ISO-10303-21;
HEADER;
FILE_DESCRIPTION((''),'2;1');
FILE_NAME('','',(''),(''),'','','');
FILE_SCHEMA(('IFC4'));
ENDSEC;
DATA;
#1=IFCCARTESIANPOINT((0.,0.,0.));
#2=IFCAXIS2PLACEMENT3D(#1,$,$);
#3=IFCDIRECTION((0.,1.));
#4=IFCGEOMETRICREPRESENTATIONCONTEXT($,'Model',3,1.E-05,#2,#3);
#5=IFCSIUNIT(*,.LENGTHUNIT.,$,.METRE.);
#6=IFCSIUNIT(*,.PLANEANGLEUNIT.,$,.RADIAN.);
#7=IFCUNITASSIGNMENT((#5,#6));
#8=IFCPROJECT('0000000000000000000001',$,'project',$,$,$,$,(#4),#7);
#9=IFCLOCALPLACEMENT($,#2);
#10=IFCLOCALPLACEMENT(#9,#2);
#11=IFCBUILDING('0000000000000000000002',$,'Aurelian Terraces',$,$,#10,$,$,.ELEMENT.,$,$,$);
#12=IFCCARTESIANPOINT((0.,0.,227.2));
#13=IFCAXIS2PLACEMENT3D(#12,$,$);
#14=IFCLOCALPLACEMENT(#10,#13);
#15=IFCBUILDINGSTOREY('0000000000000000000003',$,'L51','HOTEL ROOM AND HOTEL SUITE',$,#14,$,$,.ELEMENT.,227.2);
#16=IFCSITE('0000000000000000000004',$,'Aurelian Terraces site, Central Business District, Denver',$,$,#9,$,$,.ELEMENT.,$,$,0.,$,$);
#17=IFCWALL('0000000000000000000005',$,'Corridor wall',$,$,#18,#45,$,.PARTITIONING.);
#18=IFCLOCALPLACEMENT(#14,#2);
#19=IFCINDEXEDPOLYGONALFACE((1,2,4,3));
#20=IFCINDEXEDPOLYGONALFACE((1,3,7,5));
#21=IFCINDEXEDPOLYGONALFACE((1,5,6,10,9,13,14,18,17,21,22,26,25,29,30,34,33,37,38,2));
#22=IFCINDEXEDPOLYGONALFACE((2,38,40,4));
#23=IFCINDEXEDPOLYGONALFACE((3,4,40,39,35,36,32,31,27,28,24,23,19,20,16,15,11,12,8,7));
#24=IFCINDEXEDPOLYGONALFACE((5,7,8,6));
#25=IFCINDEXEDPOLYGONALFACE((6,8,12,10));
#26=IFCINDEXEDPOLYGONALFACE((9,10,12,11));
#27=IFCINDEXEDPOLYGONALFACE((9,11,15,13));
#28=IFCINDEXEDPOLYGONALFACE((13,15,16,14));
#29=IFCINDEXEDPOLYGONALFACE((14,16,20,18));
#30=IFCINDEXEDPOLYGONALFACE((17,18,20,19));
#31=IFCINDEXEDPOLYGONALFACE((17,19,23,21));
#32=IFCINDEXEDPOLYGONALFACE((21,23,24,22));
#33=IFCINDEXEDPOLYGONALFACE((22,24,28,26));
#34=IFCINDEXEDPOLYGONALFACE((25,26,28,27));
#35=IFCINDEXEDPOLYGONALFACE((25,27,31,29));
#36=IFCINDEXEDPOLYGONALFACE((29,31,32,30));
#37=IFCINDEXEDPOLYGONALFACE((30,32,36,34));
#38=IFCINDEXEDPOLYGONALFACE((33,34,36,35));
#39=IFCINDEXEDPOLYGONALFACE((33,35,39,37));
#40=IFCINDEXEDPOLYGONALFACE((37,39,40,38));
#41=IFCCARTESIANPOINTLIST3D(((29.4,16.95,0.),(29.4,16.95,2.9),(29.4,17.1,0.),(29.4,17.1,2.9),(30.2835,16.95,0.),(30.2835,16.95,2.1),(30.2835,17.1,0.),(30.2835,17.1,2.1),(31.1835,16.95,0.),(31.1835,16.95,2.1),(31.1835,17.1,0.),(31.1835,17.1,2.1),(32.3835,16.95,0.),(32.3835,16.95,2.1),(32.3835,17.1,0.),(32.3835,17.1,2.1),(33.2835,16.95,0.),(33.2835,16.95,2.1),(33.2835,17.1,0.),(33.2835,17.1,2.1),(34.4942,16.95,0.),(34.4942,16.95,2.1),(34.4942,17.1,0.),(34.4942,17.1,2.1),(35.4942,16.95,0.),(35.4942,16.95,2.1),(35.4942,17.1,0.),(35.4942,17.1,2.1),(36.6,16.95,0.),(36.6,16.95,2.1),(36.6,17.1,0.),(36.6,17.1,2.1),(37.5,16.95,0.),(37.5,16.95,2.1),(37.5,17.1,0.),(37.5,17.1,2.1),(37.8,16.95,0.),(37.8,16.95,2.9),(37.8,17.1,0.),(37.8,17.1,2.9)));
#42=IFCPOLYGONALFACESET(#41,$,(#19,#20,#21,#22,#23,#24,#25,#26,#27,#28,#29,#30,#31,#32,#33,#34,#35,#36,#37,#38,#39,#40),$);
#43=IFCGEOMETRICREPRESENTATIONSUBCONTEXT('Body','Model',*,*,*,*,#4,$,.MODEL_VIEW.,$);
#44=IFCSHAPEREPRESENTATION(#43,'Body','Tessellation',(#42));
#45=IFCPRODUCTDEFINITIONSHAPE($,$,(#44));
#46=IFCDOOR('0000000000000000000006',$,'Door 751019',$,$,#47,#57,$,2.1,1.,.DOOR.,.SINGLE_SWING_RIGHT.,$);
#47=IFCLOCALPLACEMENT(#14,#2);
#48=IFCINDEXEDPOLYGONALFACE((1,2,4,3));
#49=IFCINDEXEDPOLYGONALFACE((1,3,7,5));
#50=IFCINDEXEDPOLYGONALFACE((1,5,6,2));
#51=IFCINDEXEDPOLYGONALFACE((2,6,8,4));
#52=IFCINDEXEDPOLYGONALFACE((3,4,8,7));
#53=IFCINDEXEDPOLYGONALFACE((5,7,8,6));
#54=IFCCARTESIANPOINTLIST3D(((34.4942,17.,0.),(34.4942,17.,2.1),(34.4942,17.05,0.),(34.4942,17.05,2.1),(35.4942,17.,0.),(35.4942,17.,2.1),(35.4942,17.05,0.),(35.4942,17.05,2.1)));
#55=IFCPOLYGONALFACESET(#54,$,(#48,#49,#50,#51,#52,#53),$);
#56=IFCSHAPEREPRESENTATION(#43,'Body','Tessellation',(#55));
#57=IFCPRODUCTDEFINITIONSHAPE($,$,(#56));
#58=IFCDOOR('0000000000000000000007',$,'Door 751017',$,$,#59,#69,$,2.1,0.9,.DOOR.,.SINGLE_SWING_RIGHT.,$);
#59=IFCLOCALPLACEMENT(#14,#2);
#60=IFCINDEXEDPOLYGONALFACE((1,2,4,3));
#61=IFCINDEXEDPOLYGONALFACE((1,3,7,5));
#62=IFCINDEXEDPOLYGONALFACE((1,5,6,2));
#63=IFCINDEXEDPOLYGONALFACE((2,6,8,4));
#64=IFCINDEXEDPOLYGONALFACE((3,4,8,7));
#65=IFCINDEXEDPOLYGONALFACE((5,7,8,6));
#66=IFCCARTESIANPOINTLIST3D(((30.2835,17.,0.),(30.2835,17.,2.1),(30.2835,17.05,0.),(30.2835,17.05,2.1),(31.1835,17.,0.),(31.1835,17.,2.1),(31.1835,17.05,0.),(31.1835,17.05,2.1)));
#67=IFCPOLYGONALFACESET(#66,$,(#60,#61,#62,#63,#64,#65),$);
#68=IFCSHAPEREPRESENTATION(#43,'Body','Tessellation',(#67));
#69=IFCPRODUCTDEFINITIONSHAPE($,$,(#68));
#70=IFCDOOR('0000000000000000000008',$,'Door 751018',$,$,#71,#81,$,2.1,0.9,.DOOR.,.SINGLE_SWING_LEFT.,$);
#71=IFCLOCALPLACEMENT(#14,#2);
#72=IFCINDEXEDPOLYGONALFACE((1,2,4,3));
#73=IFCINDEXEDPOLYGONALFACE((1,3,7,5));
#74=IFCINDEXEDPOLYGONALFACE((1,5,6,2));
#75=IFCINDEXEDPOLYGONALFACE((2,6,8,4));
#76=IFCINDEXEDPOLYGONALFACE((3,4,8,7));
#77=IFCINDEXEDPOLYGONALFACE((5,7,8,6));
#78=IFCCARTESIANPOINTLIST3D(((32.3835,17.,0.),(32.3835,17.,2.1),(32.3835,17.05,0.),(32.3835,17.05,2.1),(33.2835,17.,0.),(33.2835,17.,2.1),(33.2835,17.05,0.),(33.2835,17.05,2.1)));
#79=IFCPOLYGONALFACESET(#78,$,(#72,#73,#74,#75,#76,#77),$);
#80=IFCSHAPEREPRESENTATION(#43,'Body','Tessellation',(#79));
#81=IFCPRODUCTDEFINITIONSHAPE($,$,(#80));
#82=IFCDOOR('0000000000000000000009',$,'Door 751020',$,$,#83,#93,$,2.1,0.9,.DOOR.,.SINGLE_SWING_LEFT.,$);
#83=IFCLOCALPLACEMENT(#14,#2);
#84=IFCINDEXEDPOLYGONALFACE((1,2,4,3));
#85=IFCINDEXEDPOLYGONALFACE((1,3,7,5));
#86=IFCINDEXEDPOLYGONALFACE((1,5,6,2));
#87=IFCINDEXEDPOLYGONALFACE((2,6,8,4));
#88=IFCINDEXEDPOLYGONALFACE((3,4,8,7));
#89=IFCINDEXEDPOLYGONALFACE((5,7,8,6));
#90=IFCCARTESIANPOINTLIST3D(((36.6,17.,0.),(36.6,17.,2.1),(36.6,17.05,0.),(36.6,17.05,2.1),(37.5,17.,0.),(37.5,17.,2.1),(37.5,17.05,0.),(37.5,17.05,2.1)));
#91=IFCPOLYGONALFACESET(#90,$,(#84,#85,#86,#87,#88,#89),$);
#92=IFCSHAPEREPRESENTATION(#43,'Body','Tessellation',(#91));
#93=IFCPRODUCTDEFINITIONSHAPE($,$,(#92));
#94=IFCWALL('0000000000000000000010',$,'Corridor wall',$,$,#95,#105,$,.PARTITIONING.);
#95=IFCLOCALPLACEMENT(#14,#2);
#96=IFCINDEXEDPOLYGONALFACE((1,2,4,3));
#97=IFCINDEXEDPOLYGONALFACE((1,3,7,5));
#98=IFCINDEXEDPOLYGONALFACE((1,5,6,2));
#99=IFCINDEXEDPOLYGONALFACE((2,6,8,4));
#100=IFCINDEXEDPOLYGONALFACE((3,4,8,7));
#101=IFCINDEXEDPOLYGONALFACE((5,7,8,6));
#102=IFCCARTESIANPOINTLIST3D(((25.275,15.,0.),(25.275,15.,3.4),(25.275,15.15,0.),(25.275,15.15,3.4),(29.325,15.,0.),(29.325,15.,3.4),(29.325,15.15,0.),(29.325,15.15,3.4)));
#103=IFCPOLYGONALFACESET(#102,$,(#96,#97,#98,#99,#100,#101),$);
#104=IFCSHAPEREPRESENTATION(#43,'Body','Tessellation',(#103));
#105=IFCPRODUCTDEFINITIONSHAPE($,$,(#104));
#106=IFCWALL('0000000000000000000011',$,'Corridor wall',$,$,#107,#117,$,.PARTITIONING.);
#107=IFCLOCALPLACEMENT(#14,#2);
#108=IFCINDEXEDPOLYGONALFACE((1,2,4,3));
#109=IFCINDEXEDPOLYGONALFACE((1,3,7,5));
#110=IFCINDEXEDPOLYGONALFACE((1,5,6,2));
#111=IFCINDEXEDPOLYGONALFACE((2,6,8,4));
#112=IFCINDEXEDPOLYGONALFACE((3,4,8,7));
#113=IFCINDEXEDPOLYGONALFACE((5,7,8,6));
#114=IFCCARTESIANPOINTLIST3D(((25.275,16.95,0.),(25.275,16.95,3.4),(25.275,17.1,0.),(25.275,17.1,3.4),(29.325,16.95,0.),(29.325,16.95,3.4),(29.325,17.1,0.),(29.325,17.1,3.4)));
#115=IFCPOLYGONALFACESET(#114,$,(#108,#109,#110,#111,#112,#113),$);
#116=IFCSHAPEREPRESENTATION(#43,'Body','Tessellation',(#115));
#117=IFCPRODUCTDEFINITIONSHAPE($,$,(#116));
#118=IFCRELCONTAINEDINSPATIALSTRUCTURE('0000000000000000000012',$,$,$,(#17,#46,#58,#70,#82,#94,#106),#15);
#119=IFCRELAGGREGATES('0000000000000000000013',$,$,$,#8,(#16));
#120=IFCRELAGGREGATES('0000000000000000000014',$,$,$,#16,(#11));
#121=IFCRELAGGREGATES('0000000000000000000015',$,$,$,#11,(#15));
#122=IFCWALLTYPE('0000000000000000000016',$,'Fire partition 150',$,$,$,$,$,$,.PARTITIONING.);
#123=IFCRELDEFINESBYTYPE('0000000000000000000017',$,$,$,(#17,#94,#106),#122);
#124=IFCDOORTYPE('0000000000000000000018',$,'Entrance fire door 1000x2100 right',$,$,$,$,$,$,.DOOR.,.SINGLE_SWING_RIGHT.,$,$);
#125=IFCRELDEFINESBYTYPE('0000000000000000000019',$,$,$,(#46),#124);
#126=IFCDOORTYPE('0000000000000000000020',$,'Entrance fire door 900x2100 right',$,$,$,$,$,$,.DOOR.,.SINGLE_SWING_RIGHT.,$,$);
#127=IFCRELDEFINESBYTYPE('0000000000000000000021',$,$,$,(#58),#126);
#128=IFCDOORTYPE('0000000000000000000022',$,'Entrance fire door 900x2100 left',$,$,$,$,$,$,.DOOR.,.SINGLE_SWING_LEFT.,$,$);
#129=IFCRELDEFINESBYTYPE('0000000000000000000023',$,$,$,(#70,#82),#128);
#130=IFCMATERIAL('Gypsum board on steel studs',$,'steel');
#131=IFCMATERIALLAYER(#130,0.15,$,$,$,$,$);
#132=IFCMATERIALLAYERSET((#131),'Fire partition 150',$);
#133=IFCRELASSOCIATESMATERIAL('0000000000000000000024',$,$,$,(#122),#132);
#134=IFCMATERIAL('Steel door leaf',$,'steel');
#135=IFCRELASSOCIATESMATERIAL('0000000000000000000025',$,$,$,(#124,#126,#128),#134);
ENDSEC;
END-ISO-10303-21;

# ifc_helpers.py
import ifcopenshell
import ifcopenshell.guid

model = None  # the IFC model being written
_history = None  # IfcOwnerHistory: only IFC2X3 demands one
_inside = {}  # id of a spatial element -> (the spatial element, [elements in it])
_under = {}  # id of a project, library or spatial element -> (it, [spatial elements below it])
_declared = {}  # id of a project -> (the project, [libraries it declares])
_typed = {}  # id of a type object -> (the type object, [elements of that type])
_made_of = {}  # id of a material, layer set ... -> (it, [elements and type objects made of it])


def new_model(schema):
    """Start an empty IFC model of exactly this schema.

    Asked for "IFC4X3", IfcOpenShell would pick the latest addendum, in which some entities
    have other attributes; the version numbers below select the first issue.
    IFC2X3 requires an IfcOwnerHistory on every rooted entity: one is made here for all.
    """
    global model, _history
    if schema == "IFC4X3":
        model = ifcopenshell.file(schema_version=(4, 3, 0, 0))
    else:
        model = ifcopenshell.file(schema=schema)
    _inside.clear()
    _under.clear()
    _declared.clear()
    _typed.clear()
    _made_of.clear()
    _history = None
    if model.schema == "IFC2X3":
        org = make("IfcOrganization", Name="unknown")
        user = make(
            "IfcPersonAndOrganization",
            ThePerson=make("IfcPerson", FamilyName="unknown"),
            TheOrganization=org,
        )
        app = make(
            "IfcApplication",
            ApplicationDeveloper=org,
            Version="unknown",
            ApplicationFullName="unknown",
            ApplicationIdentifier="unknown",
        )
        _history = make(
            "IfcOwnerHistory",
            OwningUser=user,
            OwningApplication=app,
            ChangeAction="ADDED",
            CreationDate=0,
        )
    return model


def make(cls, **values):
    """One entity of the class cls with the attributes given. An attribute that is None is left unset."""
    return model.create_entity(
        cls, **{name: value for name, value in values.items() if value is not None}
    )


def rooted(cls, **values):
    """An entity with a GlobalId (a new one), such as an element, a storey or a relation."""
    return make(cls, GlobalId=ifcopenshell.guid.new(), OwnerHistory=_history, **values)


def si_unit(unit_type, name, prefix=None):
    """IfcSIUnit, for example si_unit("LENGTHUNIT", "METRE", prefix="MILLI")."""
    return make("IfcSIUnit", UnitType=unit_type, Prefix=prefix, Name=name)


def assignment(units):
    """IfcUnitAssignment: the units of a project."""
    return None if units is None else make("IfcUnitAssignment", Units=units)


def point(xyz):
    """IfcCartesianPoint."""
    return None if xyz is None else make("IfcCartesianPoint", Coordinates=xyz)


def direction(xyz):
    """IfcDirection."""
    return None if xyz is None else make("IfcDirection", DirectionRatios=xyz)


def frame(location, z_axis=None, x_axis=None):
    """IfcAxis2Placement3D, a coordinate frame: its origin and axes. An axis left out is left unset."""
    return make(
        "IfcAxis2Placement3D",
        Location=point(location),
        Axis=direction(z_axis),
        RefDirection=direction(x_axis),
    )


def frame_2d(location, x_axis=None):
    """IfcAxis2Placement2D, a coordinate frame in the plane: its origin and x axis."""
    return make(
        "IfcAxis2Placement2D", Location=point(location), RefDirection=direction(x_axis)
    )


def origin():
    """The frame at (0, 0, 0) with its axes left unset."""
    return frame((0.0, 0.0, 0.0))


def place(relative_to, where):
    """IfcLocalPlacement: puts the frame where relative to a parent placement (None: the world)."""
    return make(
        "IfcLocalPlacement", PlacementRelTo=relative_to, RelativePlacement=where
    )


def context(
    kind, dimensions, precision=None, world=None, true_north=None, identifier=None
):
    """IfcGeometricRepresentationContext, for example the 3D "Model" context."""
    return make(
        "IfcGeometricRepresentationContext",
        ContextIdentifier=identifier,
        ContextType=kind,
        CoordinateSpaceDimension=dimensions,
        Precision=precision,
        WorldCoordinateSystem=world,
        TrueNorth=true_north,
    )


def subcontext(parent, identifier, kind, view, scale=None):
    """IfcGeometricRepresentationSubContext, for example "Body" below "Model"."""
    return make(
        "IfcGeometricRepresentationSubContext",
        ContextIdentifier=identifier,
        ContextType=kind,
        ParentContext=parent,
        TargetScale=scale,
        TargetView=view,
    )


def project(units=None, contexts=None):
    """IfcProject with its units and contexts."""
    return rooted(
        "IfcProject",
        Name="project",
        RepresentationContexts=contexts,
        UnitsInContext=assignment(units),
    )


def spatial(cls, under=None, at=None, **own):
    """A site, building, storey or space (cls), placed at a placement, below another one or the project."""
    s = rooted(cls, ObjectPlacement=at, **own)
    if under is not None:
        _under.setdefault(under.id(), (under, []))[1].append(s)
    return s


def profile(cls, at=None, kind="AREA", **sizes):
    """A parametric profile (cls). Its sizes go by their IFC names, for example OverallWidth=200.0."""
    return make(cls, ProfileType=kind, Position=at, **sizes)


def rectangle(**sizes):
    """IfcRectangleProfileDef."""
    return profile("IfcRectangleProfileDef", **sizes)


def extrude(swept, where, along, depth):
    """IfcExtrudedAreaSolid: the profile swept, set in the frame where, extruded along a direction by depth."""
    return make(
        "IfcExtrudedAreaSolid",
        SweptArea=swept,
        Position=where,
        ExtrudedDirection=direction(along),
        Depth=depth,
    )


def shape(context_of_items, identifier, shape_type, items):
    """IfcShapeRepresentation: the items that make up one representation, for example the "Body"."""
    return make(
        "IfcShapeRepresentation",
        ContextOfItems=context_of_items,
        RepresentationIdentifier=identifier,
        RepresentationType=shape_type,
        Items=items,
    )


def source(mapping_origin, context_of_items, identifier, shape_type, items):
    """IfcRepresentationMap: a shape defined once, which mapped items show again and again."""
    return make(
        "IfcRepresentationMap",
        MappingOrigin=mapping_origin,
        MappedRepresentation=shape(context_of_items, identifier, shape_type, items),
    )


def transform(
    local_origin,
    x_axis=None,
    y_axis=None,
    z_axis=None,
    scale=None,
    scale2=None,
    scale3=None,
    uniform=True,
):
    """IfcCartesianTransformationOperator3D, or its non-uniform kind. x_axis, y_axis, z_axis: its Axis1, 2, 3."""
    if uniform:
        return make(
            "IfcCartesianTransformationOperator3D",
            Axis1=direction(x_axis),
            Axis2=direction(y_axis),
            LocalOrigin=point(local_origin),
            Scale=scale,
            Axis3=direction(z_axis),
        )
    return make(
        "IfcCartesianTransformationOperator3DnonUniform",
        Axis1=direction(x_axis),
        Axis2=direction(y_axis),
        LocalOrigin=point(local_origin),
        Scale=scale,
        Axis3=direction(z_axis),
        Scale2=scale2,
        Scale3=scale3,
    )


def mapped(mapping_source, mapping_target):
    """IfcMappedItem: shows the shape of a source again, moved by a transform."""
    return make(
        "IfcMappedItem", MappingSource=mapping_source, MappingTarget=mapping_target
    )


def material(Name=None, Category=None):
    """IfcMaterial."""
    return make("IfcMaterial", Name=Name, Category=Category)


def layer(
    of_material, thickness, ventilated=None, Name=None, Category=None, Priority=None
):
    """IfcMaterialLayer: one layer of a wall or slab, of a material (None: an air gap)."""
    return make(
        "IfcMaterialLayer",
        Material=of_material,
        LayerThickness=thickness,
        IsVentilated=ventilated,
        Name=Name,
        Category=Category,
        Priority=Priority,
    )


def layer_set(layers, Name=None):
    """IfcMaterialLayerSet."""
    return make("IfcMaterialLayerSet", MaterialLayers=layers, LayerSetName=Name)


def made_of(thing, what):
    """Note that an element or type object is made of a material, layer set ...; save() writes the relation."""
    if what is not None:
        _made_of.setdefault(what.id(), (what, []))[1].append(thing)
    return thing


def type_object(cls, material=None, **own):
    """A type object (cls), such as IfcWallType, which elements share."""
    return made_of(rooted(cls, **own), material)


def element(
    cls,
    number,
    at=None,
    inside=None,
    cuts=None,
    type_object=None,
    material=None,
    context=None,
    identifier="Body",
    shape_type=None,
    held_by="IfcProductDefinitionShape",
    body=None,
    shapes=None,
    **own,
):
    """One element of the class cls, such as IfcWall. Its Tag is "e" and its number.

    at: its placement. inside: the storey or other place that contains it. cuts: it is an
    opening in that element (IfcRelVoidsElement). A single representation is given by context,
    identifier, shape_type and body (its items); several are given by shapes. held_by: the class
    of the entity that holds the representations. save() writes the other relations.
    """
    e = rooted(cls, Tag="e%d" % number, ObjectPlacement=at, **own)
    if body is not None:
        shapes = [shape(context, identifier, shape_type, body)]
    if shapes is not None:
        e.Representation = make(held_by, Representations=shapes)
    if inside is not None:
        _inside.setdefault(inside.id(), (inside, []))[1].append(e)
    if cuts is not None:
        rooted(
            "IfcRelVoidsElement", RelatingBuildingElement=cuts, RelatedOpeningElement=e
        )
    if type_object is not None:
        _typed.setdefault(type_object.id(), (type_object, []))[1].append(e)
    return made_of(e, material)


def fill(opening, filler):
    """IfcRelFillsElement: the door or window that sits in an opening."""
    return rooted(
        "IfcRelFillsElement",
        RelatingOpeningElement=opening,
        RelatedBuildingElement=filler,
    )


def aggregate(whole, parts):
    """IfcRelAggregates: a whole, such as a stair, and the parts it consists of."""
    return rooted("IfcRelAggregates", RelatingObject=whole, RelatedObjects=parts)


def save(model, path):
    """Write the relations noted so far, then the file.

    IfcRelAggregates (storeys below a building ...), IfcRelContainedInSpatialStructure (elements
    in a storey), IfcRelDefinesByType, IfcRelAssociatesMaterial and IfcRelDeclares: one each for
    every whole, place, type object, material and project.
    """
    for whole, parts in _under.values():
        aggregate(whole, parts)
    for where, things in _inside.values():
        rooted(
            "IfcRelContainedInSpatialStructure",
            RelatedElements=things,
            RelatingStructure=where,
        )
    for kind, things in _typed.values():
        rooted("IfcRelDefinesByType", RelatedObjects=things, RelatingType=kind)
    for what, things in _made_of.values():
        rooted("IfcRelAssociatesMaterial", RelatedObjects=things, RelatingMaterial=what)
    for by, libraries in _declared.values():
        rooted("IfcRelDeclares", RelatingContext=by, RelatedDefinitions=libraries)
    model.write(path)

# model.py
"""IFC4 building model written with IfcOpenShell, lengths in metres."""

from ifc_helpers import new_model, si_unit, direction, frame, frame_2d, origin, place, context, subcontext, project, spatial, rectangle, extrude, source, transform, mapped, material, layer, layer_set, type_object, element, fill, save


model = new_model("IFC4")

# Units and contexts
model_context = context("Model", 3, precision=1e-05, world=origin(), true_north=direction((0.0, 1.0)))
body_context = subcontext(model_context, "Body", "Model", "MODEL_VIEW")
ifc_project = project(units=[si_unit("LENGTHUNIT", "METRE"), si_unit("PLANEANGLEUNIT", "RADIAN")], contexts=[model_context])

# Site, building, storey
site_placement = place(None, origin())
site = spatial("IfcSite", under=ifc_project, at=site_placement, Name="Aurelian Terraces site, Central Business District, Denver", CompositionType="ELEMENT", RefElevation=0.0)
building_placement = place(site_placement, origin())
building = spatial("IfcBuilding", under=site, at=building_placement, Name="Aurelian Terraces", CompositionType="ELEMENT")
storey_placement = place(building_placement, frame((0.0, 0.0, 227.2)))
storey = spatial("IfcBuildingStorey", under=building, at=storey_placement, Name="L51", Description="HOTEL ROOM AND HOTEL SUITE", CompositionType="ELEMENT", Elevation=227.2)

# Shared definitions
ifc_material_1 = material(Name="Gypsum board on steel studs", Category="steel")

# Wall, openings, doors
shared_shape_1 = source(origin(), body_context, "Body", "SweptSolid", [
    extrude(rectangle(XDim=0.9, YDim=2.1, at=frame_2d((0.45, 1.05))), frame((0.0, 0.085, 0.0), z_axis=(0.0, -1.0, 0.0), x_axis=(1.0, 0.0, 0.0)), (0.0, 0.0, 1.0), 0.17),
])
shared_shape_2 = source(origin(), body_context, "Body", "SweptSolid", [
    extrude(rectangle(XDim=0.9, YDim=2.1, at=frame_2d((0.45, 1.05))), frame((0.0, 0.025, 0.0), z_axis=(0.0, -1.0, 0.0), x_axis=(1.0, 0.0, 0.0)), (0.0, 0.0, 1.0), 0.05),
])
ifc_layer_1 = layer(ifc_material_1, 0.15)
ifc_layer_set_1 = layer_set([ifc_layer_1], Name="Fire partition 150")
wall_type_1 = type_object("IfcWallType", Name="Fire partition 150", PredefinedType="PARTITIONING", material=ifc_layer_set_1)
shared_shape_3 = source(origin(), body_context, "Body", "SweptSolid", [
    extrude(rectangle(XDim=8.4, YDim=0.15, at=frame_2d((4.2, 0.0))), origin(), (0.0, 0.0, 1.0), 2.9),
])
wall_1_placement = place(storey_placement, frame((29.4, 17.025, 0.0), z_axis=(0.0, 0.0, 1.0), x_axis=(1.0, 0.0, 0.0)))
wall_1 = element("IfcWall", 1, at=wall_1_placement, inside=storey, type_object=wall_type_1, Name="Corridor wall", PredefinedType="PARTITIONING", context=body_context, shape_type="MappedRepresentation", body=[
    mapped(shared_shape_3, transform((0.0, 0.0, 0.0), scale=1.0)),
])
opening_1_placement = place(wall_1_placement, frame((0.8835, 0.0, 0.0)))
opening_1 = element("IfcOpeningElement", 2, at=opening_1_placement, cuts=wall_1, PredefinedType="OPENING", context=body_context, shape_type="MappedRepresentation", body=[
    mapped(shared_shape_1, transform((0.0, 0.0, 0.0), scale=1.0)),
])
opening_2_placement = place(wall_1_placement, frame((2.9835, 0.0, 0.0)))
opening_2 = element("IfcOpeningElement", 3, at=opening_2_placement, cuts=wall_1, PredefinedType="OPENING", context=body_context, shape_type="MappedRepresentation", body=[
    mapped(shared_shape_1, transform((0.0, 0.0, 0.0), scale=1.0)),
])
shared_shape_4 = source(origin(), body_context, "Body", "SweptSolid", [
    extrude(rectangle(XDim=1.0, YDim=2.1, at=frame_2d((0.5, 1.05))), frame((0.0, 0.085, 0.0), z_axis=(0.0, -1.0, 0.0), x_axis=(1.0, 0.0, 0.0)), (0.0, 0.0, 1.0), 0.17),
])
opening_3_placement = place(wall_1_placement, frame((5.0942, 0.0, 0.0)))
opening_3 = element("IfcOpeningElement", 4, at=opening_3_placement, cuts=wall_1, PredefinedType="OPENING", context=body_context, shape_type="MappedRepresentation", body=[
    mapped(shared_shape_4, transform((0.0, 0.0, 0.0), scale=1.0)),
])
opening_4_placement = place(wall_1_placement, frame((7.2, 0.0, 0.0)))
opening_4 = element("IfcOpeningElement", 5, at=opening_4_placement, cuts=wall_1, PredefinedType="OPENING", context=body_context, shape_type="MappedRepresentation", body=[
    mapped(shared_shape_1, transform((0.0, 0.0, 0.0), scale=1.0)),
])
ifc_material_2 = material(Name="Steel door leaf", Category="steel")
door_type_1 = type_object("IfcDoorType", Name="Entrance fire door 1000x2100 right", OperationType="SINGLE_SWING_RIGHT", PredefinedType="DOOR", material=ifc_material_2)
shared_shape_5 = source(origin(), body_context, "Body", "SweptSolid", [
    extrude(rectangle(XDim=1.0, YDim=2.1, at=frame_2d((0.5, 1.05))), frame((0.0, 0.025, 0.0), z_axis=(0.0, -1.0, 0.0), x_axis=(1.0, 0.0, 0.0)), (0.0, 0.0, 1.0), 0.05),
])
door_1_placement = place(opening_3_placement, origin())
door_1 = element("IfcDoor", 6, at=door_1_placement, inside=storey, type_object=door_type_1, Name="Door 751019", OperationType="SINGLE_SWING_RIGHT", OverallHeight=2.1, OverallWidth=1.0, PredefinedType="DOOR", context=body_context, shape_type="MappedRepresentation", body=[
    mapped(shared_shape_5, transform((0.0, 0.0, 0.0), scale=1.0)),
])
fill(opening_3, door_1)
door_type_2 = type_object("IfcDoorType", Name="Entrance fire door 900x2100 right", OperationType="SINGLE_SWING_RIGHT", PredefinedType="DOOR", material=ifc_material_2)
door_2_placement = place(opening_1_placement, origin())
door_2 = element("IfcDoor", 7, at=door_2_placement, inside=storey, type_object=door_type_2, Name="Door 751017", OperationType="SINGLE_SWING_RIGHT", OverallHeight=2.1, OverallWidth=0.9, PredefinedType="DOOR", context=body_context, shape_type="MappedRepresentation", body=[
    mapped(shared_shape_2, transform((0.0, 0.0, 0.0), scale=1.0)),
])
fill(opening_1, door_2)
door_type_3 = type_object("IfcDoorType", Name="Entrance fire door 900x2100 left", OperationType="SINGLE_SWING_LEFT", PredefinedType="DOOR", material=ifc_material_2)
door_3_placement = place(opening_2_placement, origin())
door_3 = element("IfcDoor", 8, at=door_3_placement, inside=storey, type_object=door_type_3, Name="Door 751018", OperationType="SINGLE_SWING_LEFT", OverallHeight=2.1, OverallWidth=0.9, PredefinedType="DOOR", context=body_context, shape_type="MappedRepresentation", body=[
    mapped(shared_shape_2, transform((0.0, 0.0, 0.0), scale=1.0)),
])
fill(opening_2, door_3)
door_4_placement = place(opening_4_placement, origin())
door_4 = element("IfcDoor", 9, at=door_4_placement, inside=storey, type_object=door_type_3, Name="Door 751020", OperationType="SINGLE_SWING_LEFT", OverallHeight=2.1, OverallWidth=0.9, PredefinedType="DOOR", context=body_context, shape_type="MappedRepresentation", body=[
    mapped(shared_shape_2, transform((0.0, 0.0, 0.0), scale=1.0)),
])
fill(opening_4, door_4)

# Walls
shared_shape_6 = source(origin(), body_context, "Body", "SweptSolid", [
    extrude(rectangle(XDim=4.05, YDim=0.15, at=frame_2d((2.025, 0.0))), origin(), (0.0, 0.0, 1.0), 3.4),
])
for number, where, z_axis, x_axis, name in (
    (10, (29.325, 15.075, 0.0), (0.0, 0.0, 1.0), (-1.0, 0.0, 0.0), "Corridor wall"),
    (11, (25.275, 17.025, 0.0), (0.0, 0.0, 1.0), (1.0, 0.0, 0.0), "Corridor wall"),
):
    element("IfcWall", number, at=place(storey_placement, frame(where, z_axis=z_axis, x_axis=x_axis)), inside=storey, type_object=wall_type_1, Name=name, PredefinedType="PARTITIONING", context=body_context, shape_type="MappedRepresentation", body=[
        mapped(shared_shape_6, transform((0.0, 0.0, 0.0), scale=1.0)),
    ])

save(model, "model.ifc")
